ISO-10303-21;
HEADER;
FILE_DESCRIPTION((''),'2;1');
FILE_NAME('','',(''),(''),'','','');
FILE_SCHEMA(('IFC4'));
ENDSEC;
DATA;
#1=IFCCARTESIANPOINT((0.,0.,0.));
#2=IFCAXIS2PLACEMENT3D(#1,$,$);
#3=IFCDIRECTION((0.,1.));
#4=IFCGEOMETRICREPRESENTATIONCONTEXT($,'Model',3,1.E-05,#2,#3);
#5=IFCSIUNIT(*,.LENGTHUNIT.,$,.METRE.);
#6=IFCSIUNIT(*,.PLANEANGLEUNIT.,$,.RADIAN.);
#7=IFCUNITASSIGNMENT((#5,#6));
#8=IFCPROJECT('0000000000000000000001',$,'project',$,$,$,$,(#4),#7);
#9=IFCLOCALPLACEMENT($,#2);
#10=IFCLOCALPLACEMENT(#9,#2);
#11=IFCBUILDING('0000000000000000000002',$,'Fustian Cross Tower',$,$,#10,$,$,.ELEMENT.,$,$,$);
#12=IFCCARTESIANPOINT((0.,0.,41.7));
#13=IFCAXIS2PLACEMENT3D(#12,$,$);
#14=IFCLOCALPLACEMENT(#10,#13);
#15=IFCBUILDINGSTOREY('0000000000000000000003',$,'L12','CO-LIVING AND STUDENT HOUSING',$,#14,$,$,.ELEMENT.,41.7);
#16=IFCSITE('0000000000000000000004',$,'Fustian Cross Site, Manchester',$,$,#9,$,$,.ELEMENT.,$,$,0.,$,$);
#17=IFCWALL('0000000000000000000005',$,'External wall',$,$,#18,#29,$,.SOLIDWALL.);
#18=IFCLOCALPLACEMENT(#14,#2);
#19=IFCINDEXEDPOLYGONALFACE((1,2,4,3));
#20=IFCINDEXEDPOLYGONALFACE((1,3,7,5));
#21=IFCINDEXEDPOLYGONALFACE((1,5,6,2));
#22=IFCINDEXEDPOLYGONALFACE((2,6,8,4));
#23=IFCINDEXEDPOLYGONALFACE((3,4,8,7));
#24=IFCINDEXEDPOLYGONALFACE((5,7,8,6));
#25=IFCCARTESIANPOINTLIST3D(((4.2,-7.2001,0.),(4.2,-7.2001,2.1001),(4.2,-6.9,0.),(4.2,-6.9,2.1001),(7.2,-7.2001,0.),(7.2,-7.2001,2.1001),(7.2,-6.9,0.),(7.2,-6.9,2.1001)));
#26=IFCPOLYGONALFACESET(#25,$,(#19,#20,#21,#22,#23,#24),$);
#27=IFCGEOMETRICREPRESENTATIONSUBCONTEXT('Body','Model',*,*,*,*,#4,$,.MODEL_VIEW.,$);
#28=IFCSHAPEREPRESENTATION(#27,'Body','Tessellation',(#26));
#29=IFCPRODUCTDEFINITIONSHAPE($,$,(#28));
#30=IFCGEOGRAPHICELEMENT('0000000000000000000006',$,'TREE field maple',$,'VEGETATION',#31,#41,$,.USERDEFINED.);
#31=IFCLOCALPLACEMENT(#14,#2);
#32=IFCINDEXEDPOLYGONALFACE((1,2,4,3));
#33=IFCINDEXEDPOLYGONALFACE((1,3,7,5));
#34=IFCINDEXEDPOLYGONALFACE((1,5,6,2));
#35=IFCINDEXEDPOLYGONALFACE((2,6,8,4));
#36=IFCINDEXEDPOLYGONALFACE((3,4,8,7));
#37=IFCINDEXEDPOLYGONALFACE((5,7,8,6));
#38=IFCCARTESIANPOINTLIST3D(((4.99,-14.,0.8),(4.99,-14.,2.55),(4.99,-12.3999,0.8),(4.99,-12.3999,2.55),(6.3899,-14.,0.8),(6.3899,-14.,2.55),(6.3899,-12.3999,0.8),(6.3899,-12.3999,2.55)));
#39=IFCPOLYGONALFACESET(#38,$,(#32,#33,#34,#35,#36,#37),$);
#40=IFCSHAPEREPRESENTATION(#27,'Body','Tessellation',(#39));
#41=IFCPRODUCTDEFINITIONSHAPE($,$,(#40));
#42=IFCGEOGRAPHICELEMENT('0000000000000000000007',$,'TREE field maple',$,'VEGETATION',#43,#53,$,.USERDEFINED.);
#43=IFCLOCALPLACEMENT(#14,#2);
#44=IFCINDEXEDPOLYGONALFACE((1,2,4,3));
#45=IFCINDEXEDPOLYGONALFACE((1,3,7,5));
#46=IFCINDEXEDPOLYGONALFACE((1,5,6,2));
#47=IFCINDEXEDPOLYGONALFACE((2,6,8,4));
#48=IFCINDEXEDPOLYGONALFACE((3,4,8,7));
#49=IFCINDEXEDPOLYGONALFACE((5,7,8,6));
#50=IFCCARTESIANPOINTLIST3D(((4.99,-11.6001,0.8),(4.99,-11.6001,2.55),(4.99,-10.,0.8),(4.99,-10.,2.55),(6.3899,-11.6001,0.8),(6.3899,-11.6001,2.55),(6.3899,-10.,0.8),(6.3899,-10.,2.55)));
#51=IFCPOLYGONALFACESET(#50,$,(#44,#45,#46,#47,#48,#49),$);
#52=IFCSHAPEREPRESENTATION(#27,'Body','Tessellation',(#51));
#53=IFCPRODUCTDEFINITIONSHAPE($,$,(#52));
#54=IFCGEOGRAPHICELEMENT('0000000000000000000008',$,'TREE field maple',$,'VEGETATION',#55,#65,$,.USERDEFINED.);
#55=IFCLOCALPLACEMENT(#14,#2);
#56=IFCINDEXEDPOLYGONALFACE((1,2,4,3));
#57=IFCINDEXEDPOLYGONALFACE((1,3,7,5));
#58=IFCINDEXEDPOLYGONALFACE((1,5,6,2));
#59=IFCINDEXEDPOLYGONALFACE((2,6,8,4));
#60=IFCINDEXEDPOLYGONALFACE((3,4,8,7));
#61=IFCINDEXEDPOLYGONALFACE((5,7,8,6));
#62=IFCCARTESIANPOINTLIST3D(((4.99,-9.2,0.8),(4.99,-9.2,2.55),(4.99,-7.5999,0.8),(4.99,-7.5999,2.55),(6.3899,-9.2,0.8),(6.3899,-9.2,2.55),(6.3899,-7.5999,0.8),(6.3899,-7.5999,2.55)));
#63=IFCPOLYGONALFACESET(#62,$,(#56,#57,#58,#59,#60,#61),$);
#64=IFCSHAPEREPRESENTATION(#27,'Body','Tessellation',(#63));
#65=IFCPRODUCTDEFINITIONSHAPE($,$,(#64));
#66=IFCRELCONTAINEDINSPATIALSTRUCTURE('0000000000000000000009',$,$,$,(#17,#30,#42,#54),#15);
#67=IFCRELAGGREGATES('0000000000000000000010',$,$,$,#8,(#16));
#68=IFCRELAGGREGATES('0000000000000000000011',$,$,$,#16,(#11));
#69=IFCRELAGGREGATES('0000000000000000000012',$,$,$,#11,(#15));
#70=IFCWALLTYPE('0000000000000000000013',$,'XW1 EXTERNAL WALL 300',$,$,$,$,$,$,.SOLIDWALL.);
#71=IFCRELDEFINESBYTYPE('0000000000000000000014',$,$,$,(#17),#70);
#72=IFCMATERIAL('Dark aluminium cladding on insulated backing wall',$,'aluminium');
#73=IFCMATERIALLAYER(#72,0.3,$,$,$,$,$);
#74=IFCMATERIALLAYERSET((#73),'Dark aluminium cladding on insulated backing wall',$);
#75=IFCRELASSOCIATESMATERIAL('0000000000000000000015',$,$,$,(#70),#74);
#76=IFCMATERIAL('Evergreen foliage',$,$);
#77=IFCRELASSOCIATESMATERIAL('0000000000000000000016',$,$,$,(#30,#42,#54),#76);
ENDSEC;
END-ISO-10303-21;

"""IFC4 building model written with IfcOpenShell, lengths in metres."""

from ifc_helpers import new_model, si_unit, direction, frame, frame_2d, origin, origin_2d, place, context, subcontext, project, spatial, rectangle, extrude, material, layer, layer_set, type_object, element, save


model = new_model("IFC4")

# Units and contexts
model_context = context("Model", 3, precision=1e-05, world=origin(), true_north=direction((0.0, 1.0)))
body_context = subcontext(model_context, "Body", "Model", "MODEL_VIEW")
ifc_project = project(units=[si_unit("LENGTHUNIT", "METRE"), si_unit("PLANEANGLEUNIT", "RADIAN")], contexts=[model_context])

# Site, building, storey
site_placement = place(None, origin())
site = spatial("IfcSite", under=ifc_project, at=site_placement, Name="Fustian Cross Site, Manchester", CompositionType="ELEMENT", RefElevation=0.0)
building_placement = place(site_placement, origin())
building = spatial("IfcBuilding", under=site, at=building_placement, Name="Fustian Cross Tower", CompositionType="ELEMENT")
storey_placement = place(building_placement, frame((0.0, 0.0, 41.7)))
storey = spatial("IfcBuildingStorey", under=building, at=storey_placement, Name="L12", Description="CO-LIVING AND STUDENT HOUSING", CompositionType="ELEMENT", Elevation=41.7)

# Shared definitions
ifc_material_1 = material(Name="Dark aluminium cladding on insulated backing wall", Category="aluminium")
ifc_layer_1 = layer(ifc_material_1, 0.3)
ifc_layer_set_1 = layer_set([ifc_layer_1], Name="Dark aluminium cladding on insulated backing wall")
wall_type_1 = type_object("IfcWallType", Name="XW1 EXTERNAL WALL 300", PredefinedType="SOLIDWALL", material=ifc_layer_set_1)

# Wall
wall_1_placement = place(storey_placement, frame((4.2, -7.05, 0.0), z_axis=(0.0, 0.0, 1.0), x_axis=(1.0, 0.0, 0.0)))
element("IfcWall", 1, at=wall_1_placement, inside=storey, type_object=wall_type_1, Name="External wall", PredefinedType="SOLIDWALL", context=body_context, shape_type="SweptSolid", body=[
    extrude(rectangle(XDim=3.0, YDim=0.3, at=frame_2d((1.5, 0.0))), origin(), (0.0, 0.0, 1.0), 2.1001),
])

# Geographic elements
ifc_material_2 = material(Name="Evergreen foliage")
for number, where, z_axis, x_axis, name in (
    (2, (5.6899, -13.2, 0.8), (0.0, 0.0, 1.0), (1.0, 0.0, 0.0), "TREE field maple"),
    (3, (5.6899, -10.8, 0.8), (0.0, 0.0, 1.0), (1.0, 0.0, 0.0), "TREE field maple"),
    (4, (5.6899, -8.3999, 0.8), (0.0, 0.0, 1.0), (1.0, 0.0, 0.0), "TREE field maple"),
):
    element("IfcGeographicElement", number, at=place(storey_placement, frame(where, z_axis=z_axis, x_axis=x_axis)), inside=storey, material=ifc_material_2, Name=name, ObjectType="VEGETATION", PredefinedType="USERDEFINED", context=body_context, shape_type="SweptSolid", body=[
        extrude(rectangle(XDim=1.3999, YDim=1.6001, at=origin_2d()), origin(), (0.0, 0.0, 1.0), 1.75),
    ])

save(model, "model.ifc")
